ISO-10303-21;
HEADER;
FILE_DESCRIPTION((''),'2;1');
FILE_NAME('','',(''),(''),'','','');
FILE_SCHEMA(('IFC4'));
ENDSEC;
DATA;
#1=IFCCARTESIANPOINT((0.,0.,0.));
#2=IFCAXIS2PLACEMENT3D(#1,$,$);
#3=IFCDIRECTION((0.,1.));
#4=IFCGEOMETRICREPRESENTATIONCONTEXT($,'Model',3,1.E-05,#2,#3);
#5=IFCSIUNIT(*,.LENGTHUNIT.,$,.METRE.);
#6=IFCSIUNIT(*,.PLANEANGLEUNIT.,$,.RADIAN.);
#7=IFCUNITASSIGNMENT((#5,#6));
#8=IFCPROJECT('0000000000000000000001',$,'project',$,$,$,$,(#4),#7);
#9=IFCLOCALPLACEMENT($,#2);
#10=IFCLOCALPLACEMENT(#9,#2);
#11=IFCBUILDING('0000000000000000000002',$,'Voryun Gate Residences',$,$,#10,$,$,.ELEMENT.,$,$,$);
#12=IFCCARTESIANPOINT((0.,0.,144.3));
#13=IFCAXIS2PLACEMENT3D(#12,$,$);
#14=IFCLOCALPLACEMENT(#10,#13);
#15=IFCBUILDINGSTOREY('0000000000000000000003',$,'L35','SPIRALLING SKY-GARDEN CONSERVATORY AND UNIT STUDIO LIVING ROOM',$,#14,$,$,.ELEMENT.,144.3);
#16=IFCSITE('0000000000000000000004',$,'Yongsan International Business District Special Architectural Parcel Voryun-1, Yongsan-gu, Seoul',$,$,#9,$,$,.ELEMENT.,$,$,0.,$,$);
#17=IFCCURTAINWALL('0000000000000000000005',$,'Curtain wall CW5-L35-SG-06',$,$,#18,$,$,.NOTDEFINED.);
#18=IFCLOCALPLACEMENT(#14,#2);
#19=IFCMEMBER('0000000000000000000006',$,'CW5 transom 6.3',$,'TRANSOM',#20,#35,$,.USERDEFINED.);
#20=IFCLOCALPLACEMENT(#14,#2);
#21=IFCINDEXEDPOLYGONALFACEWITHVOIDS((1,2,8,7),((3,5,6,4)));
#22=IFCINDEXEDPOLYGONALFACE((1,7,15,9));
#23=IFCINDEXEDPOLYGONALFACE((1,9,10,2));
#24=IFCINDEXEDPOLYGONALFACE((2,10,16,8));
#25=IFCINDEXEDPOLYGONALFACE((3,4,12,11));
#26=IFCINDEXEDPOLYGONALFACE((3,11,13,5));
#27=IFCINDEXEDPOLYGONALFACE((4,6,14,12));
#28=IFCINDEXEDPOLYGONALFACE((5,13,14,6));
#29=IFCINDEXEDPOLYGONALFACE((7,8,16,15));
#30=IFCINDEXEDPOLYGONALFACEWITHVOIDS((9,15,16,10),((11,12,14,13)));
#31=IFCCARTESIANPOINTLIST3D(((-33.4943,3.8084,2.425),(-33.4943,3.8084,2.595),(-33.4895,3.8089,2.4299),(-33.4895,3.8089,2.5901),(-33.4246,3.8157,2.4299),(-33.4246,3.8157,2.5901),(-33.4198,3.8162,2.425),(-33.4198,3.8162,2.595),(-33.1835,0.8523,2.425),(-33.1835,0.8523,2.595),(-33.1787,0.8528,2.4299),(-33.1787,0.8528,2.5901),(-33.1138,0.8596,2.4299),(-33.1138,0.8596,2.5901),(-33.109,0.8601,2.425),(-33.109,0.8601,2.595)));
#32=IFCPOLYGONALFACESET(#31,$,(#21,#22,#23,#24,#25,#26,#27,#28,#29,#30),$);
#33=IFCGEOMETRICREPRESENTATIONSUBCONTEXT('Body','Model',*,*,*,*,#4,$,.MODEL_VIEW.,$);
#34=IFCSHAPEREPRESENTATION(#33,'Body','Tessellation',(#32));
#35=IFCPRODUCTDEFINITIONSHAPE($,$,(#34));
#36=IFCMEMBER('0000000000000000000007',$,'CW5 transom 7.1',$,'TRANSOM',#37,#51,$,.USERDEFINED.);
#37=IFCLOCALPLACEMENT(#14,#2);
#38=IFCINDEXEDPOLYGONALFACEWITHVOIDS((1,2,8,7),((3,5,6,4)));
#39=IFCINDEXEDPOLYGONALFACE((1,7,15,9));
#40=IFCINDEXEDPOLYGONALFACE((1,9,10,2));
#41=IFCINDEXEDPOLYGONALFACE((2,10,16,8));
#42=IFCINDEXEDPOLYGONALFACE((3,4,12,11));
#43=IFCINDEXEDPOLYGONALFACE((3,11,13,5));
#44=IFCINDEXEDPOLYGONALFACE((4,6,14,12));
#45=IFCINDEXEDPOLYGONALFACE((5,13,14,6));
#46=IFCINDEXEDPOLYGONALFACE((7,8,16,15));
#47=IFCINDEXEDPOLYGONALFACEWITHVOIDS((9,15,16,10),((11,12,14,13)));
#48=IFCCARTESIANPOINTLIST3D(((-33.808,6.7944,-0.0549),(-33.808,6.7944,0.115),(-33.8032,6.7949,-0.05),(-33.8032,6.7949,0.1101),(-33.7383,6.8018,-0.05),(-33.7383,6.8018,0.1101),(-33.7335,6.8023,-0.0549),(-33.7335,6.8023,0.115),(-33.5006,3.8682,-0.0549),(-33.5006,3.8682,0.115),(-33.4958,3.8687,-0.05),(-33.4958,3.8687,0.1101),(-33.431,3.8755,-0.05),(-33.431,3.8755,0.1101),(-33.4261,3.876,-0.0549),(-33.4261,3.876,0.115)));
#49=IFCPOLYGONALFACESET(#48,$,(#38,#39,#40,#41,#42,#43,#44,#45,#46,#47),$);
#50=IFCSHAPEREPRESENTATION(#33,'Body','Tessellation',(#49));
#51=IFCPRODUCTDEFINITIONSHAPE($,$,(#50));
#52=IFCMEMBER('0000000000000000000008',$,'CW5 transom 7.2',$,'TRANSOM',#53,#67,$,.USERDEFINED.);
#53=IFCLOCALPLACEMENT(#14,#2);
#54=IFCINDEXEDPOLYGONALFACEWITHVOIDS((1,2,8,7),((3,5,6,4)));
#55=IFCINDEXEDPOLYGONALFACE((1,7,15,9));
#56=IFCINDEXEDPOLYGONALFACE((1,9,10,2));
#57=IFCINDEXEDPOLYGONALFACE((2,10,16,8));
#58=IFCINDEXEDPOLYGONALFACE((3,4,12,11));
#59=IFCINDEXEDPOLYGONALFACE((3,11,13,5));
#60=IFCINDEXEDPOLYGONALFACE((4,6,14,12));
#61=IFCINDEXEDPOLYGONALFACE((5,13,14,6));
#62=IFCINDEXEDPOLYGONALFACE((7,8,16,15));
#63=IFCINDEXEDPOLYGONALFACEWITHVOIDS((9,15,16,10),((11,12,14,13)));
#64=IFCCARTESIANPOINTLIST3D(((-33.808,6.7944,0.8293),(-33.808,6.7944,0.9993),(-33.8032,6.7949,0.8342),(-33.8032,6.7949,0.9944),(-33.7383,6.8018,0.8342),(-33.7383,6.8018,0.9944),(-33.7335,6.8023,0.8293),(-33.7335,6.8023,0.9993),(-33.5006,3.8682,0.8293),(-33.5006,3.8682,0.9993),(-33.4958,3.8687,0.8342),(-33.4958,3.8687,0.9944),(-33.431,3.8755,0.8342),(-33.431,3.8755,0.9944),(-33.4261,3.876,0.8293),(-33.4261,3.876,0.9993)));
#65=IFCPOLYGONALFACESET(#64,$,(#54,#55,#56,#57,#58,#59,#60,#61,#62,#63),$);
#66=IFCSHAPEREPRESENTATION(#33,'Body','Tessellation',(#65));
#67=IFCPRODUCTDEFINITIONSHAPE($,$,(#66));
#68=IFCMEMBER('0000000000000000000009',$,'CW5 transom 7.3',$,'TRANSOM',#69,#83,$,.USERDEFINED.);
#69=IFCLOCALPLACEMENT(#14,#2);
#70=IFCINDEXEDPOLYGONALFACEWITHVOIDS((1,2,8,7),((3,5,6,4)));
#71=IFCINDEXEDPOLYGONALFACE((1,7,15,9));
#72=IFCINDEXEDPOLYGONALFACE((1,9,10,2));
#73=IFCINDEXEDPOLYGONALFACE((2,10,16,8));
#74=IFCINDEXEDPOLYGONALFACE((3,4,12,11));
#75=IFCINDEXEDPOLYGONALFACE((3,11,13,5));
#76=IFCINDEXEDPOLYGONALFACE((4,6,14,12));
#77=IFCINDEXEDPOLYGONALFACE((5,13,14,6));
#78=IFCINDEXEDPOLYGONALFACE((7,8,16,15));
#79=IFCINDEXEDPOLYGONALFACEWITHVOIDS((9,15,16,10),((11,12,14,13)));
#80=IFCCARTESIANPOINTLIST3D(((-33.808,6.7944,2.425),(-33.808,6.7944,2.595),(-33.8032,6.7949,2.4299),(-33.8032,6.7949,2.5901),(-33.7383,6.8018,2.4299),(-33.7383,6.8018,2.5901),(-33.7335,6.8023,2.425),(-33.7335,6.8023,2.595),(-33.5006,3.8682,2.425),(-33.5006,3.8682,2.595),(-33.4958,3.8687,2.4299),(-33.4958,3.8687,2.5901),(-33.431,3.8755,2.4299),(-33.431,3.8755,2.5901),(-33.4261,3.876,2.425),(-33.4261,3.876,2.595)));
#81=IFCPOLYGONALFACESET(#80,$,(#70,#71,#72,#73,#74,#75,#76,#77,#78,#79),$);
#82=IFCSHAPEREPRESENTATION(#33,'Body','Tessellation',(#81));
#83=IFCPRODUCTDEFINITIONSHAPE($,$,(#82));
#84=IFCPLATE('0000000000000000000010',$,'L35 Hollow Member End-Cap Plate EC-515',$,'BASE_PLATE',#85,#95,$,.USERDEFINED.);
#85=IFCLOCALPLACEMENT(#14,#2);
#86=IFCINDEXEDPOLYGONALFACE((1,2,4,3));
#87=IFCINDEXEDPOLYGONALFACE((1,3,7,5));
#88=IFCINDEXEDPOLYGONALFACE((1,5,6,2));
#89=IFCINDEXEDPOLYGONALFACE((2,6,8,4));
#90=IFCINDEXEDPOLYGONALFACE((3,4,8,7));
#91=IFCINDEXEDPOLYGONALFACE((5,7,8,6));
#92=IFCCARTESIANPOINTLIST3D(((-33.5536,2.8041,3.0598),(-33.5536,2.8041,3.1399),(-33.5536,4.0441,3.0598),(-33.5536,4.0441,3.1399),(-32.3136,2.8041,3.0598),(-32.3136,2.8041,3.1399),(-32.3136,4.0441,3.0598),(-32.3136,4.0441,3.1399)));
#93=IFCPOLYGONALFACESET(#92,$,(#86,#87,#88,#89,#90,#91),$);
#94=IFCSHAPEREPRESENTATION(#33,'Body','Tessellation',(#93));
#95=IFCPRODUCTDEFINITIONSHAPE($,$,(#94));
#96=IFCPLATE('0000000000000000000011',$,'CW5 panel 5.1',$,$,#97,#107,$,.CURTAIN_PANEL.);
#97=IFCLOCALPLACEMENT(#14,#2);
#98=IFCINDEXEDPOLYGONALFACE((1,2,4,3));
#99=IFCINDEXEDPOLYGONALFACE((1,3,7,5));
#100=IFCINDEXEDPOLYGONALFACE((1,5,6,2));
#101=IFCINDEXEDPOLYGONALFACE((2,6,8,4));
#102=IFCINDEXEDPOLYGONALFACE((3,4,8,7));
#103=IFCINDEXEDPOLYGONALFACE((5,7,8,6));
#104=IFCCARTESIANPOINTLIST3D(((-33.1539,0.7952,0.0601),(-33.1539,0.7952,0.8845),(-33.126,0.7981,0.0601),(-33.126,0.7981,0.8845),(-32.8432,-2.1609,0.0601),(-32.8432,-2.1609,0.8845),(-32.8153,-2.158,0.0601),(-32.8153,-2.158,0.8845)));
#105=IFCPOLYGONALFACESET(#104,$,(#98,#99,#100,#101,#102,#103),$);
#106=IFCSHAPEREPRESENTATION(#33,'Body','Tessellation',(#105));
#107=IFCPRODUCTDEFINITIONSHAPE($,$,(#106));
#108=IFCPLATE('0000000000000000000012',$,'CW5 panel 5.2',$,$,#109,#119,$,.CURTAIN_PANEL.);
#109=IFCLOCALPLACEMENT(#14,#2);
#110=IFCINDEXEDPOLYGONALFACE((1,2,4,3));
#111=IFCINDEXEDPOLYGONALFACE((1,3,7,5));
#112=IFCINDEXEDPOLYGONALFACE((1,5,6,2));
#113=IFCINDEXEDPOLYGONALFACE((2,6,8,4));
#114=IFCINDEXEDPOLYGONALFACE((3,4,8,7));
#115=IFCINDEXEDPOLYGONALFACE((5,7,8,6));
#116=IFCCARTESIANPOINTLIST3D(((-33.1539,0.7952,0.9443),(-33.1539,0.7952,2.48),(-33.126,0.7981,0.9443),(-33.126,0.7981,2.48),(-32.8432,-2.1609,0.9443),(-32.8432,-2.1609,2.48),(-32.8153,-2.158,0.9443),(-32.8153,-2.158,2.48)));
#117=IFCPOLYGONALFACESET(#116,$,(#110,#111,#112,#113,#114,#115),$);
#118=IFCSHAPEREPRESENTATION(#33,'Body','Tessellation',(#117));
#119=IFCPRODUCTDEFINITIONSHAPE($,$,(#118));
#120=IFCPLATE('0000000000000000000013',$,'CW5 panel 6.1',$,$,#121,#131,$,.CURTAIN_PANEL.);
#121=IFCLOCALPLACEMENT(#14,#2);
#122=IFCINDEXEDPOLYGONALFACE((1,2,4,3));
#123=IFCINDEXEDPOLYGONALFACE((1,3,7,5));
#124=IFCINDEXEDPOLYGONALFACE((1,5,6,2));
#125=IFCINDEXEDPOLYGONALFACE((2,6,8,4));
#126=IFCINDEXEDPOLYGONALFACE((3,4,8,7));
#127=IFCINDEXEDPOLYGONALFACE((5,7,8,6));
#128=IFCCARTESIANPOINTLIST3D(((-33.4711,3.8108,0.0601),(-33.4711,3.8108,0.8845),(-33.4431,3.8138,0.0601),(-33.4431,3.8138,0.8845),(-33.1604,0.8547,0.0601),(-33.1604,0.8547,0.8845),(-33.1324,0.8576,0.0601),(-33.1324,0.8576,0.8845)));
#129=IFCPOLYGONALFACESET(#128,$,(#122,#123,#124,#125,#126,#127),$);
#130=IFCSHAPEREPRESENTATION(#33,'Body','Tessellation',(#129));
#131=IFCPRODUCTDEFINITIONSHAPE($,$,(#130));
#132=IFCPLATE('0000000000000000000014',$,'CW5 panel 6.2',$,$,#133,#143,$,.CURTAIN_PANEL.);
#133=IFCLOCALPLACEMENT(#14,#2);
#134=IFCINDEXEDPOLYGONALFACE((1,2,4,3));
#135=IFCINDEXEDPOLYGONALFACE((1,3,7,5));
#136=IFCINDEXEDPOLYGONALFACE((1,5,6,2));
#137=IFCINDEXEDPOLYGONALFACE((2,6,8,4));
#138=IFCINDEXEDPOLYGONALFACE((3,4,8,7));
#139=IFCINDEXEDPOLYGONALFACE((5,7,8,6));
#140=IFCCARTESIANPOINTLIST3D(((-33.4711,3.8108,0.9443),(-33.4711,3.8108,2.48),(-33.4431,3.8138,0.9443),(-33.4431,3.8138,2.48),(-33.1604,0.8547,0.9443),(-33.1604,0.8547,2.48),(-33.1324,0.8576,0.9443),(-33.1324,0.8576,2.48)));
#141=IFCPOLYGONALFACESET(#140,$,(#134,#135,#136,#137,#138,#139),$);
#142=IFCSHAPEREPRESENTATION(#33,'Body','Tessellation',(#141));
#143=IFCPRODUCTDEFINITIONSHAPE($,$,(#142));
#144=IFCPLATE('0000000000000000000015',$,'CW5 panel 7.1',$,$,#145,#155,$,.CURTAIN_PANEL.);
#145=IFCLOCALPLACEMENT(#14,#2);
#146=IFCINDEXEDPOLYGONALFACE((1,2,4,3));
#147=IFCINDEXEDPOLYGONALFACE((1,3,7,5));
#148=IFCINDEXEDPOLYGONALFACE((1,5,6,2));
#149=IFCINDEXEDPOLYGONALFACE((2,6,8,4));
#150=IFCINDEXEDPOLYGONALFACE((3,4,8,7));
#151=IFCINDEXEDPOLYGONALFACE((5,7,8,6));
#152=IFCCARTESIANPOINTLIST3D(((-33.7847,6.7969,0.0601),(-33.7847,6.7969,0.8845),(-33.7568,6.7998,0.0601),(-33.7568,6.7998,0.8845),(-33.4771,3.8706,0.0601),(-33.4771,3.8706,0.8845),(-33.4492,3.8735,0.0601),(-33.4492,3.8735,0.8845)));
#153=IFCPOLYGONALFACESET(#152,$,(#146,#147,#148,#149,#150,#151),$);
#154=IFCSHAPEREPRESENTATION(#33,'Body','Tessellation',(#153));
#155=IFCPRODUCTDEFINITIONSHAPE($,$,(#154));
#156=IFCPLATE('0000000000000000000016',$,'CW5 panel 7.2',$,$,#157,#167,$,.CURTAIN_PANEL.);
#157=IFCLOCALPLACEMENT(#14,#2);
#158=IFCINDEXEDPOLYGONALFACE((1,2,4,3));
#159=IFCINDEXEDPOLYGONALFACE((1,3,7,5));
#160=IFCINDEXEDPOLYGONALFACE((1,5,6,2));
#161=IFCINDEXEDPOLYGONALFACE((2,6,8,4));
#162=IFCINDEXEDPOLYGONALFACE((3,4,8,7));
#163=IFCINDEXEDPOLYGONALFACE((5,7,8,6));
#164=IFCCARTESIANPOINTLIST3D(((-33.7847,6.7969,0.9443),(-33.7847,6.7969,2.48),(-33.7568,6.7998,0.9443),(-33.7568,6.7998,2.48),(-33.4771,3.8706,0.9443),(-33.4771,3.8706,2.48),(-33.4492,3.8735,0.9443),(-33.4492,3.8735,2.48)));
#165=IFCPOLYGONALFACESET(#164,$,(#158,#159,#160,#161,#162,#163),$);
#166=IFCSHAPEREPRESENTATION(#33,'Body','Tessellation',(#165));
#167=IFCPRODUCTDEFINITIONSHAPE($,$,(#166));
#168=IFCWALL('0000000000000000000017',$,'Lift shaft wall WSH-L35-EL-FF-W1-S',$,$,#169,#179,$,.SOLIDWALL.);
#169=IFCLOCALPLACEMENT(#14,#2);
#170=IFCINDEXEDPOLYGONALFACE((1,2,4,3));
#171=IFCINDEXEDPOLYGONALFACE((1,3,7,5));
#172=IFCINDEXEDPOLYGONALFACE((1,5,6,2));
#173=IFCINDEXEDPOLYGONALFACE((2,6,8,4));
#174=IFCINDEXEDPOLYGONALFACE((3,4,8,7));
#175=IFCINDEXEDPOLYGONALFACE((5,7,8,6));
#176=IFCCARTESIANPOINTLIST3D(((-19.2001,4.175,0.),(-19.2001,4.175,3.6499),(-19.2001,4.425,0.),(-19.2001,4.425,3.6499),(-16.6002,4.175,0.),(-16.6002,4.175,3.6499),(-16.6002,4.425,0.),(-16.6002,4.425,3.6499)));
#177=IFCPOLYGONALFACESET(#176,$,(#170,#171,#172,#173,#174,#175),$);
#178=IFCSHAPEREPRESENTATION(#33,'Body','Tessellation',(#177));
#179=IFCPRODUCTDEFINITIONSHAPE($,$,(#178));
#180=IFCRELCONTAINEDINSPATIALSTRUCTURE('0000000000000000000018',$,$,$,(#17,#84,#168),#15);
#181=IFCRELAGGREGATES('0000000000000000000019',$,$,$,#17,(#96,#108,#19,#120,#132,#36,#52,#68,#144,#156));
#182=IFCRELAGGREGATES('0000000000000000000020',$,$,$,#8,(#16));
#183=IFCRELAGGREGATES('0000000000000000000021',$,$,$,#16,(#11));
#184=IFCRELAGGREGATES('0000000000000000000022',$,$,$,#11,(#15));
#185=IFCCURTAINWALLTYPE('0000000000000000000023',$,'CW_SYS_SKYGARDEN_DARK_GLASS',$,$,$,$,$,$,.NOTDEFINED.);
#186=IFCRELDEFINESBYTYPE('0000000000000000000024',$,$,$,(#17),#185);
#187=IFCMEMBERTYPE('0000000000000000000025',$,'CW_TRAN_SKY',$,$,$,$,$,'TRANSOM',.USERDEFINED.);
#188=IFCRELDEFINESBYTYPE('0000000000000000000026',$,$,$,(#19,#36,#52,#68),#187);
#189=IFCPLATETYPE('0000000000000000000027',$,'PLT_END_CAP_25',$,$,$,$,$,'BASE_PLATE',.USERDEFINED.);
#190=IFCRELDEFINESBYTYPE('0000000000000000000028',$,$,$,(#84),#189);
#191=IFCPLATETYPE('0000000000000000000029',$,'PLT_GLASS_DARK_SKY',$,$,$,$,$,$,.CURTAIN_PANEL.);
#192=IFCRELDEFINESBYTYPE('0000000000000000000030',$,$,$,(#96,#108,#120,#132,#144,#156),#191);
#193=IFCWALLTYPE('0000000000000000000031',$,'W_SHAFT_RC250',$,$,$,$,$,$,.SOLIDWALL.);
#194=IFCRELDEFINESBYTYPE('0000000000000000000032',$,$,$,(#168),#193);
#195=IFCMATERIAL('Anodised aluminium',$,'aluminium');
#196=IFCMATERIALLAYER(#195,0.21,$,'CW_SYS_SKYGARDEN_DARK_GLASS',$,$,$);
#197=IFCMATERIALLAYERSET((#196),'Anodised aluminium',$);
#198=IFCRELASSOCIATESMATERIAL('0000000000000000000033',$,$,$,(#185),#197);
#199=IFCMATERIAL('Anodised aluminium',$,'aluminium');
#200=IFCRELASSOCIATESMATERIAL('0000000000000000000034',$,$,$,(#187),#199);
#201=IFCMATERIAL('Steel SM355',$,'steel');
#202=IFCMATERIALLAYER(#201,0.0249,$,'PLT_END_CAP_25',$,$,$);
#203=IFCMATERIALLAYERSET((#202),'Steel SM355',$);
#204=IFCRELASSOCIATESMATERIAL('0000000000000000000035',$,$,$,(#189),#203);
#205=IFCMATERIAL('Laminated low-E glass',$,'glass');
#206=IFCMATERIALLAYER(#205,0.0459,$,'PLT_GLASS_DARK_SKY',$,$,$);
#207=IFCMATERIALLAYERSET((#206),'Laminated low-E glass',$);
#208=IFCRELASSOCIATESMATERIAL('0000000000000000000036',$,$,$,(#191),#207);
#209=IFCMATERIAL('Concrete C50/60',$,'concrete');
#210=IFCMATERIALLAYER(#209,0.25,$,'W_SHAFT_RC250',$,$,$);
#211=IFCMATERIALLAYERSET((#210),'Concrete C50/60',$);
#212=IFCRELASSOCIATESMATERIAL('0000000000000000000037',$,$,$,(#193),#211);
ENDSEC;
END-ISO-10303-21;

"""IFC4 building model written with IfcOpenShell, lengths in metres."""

from ifc_helpers import new_model, si_unit, direction, frame, frame_2d, origin, origin_2d, place, context, subcontext, project, spatial, rectangle, hollow_rectangle, extrude, material, layer, layer_set, material_profile, profile_set, type_object, element, aggregate, save


model = new_model("IFC4")

# Units and contexts
model_context = context("Model", 3, precision=1e-05, world=origin(), true_north=direction((0.0, 1.0)))
body_context = subcontext(model_context, "Body", "Model", "MODEL_VIEW")
ifc_project = project(units=[si_unit("LENGTHUNIT", "METRE"), si_unit("PLANEANGLEUNIT", "RADIAN")], contexts=[model_context])

# Site, building, storey
site_placement = place(None, origin())
site = spatial("IfcSite", under=ifc_project, at=site_placement, Name="Yongsan International Business District Special Architectural Parcel Voryun-1, Yongsan-gu, Seoul", CompositionType="ELEMENT", RefElevation=0.0)
building_placement = place(site_placement, origin())
building = spatial("IfcBuilding", under=site, at=building_placement, Name="Voryun Gate Residences", CompositionType="ELEMENT")
storey_placement = place(building_placement, frame((0.0, 0.0, 144.3)))
storey = spatial("IfcBuildingStorey", under=building, at=storey_placement, Name="L35", Description="SPIRALLING SKY-GARDEN CONSERVATORY AND UNIT STUDIO LIVING ROOM", CompositionType="ELEMENT", Elevation=144.3)

# Curtain wall, members
ifc_material_1 = material(Name="Anodised aluminium", Category="aluminium")
ifc_layer_1 = layer(ifc_material_1, 0.21, Name="CW_SYS_SKYGARDEN_DARK_GLASS")
ifc_layer_set_1 = layer_set([ifc_layer_1], Name="Anodised aluminium")
curtain_wall_type = type_object("IfcCurtainWallType", Name="CW_SYS_SKYGARDEN_DARK_GLASS", PredefinedType="NOTDEFINED", material=ifc_layer_set_1)
curtain_wall_placement = place(storey_placement, origin())
curtain_wall = element("IfcCurtainWall", 1, at=curtain_wall_placement, inside=storey, type_object=curtain_wall_type, Name="Curtain wall CW5-L35-SG-06", PredefinedType="NOTDEFINED")
ifc_material_2 = material(Name="Anodised aluminium", Category="aluminium")
ifc_material_profile_1 = material_profile(ifc_material_2, hollow_rectangle(XDim=0.075, YDim=0.1699, WallThickness=0.0049, at=origin_2d()), Name="ALU-TRAN-170x75x5")
ifc_profile_set_1 = profile_set([ifc_material_profile_1], Name="Anodised aluminium")
member_type_1 = type_object("IfcMemberType", Name="CW_TRAN_SKY", ElementType="TRANSOM", PredefinedType="USERDEFINED", material=ifc_profile_set_1)
member_1_placement = place(storey_placement, frame((-33.1462, 0.8562, 2.51), z_axis=(-0.104561, 0.994518, 0.0), x_axis=(-0.994518, -0.104561, 0.0)))
member_1 = element("IfcMember", 2, at=member_1_placement, type_object=member_type_1, Name="CW5 transom 6.3", ObjectType="TRANSOM", PredefinedType="USERDEFINED", context=body_context, shape_type="SweptSolid", body=[
    extrude(hollow_rectangle(XDim=0.075, YDim=0.1699, WallThickness=0.0049, at=origin_2d()), origin(), (0.0, 0.0, 1.0), 2.9724),
])
member_2_placement = place(storey_placement, frame((-33.4634, 3.8721, 0.03), z_axis=(-0.104465, 0.994529, 0.0), x_axis=(-0.994529, -0.104465, 0.0)))
member_2 = element("IfcMember", 3, at=member_2_placement, type_object=member_type_1, Name="CW5 transom 7.1", ObjectType="TRANSOM", PredefinedType="USERDEFINED", context=body_context, shape_type="SweptSolid", body=[
    extrude(hollow_rectangle(XDim=0.075, YDim=0.1699, WallThickness=0.0049, at=origin_2d()), origin(), (0.0, 0.0, 1.0), 2.9424),
])
member_3_placement = place(storey_placement, frame((-33.4634, 3.8721, 0.9143), z_axis=(-0.104465, 0.994529, 0.0), x_axis=(-0.994529, -0.104465, 0.0)))
member_3 = element("IfcMember", 4, at=member_3_placement, type_object=member_type_1, Name="CW5 transom 7.2", ObjectType="TRANSOM", PredefinedType="USERDEFINED", context=body_context, shape_type="SweptSolid", body=[
    extrude(hollow_rectangle(XDim=0.075, YDim=0.1699, WallThickness=0.0049, at=origin_2d()), origin(), (0.0, 0.0, 1.0), 2.9424),
])
member_4_placement = place(storey_placement, frame((-33.4634, 3.8721, 2.51), z_axis=(-0.104465, 0.994529, 0.0), x_axis=(-0.994529, -0.104465, 0.0)))
member_4 = element("IfcMember", 5, at=member_4_placement, type_object=member_type_1, Name="CW5 transom 7.3", ObjectType="TRANSOM", PredefinedType="USERDEFINED", context=body_context, shape_type="SweptSolid", body=[
    extrude(hollow_rectangle(XDim=0.075, YDim=0.1699, WallThickness=0.0049, at=origin_2d()), origin(), (0.0, 0.0, 1.0), 2.9424),
])

# Plates
ifc_material_3 = material(Name="Steel SM355", Category="steel")
ifc_layer_2 = layer(ifc_material_3, 0.0249, Name="PLT_END_CAP_25")
ifc_layer_set_2 = layer_set([ifc_layer_2], Name="Steel SM355")
plate_type_1 = type_object("IfcPlateType", Name="PLT_END_CAP_25", ElementType="BASE_PLATE", PredefinedType="USERDEFINED", material=ifc_layer_set_2)
plate_1_placement = place(storey_placement, frame((-32.9336, 3.4241, 3.0598), z_axis=(0.0, 0.0, 1.0), x_axis=(1.0, 0.0, 0.0)))
element("IfcPlate", 6, at=plate_1_placement, inside=storey, type_object=plate_type_1, Name="L35 Hollow Member End-Cap Plate EC-515", ObjectType="BASE_PLATE", PredefinedType="USERDEFINED", context=body_context, shape_type="SweptSolid", body=[
    extrude(rectangle(XDim=1.24, YDim=1.24, at=origin_2d()), origin(), (0.0, 0.0, 1.0), 0.0801),
])
ifc_material_4 = material(Name="Laminated low-E glass", Category="glass")
ifc_layer_3 = layer(ifc_material_4, 0.0459, Name="PLT_GLASS_DARK_SKY")
ifc_layer_set_3 = layer_set([ifc_layer_3], Name="Laminated low-E glass")
plate_type_2 = type_object("IfcPlateType", Name="PLT_GLASS_DARK_SKY", PredefinedType="CURTAIN_PANEL", material=ifc_layer_set_3)
plate_2_placement = place(storey_placement, frame((-32.9846, -0.6814, 0.0601), z_axis=(0.0, 0.0, 1.0), x_axis=(-0.10453, 0.994522, 0.0)))
plate_2 = element("IfcPlate", 7, at=plate_2_placement, type_object=plate_type_2, Name="CW5 panel 5.1", PredefinedType="CURTAIN_PANEL", context=body_context, shape_type="SweptSolid", body=[
    extrude(rectangle(XDim=2.9724, YDim=0.0281, at=origin_2d()), origin(), (0.0, 0.0, 1.0), 0.8245),
])
plate_3_placement = place(storey_placement, frame((-32.9846, -0.6814, 0.9443), z_axis=(0.0, 0.0, 1.0), x_axis=(-0.10453, 0.994522, 0.0)))
plate_3 = element("IfcPlate", 8, at=plate_3_placement, type_object=plate_type_2, Name="CW5 panel 5.2", PredefinedType="CURTAIN_PANEL", context=body_context, shape_type="SweptSolid", body=[
    extrude(rectangle(XDim=2.9724, YDim=0.0281, at=origin_2d()), origin(), (0.0, 0.0, 1.0), 1.5356),
])
plate_4_placement = place(storey_placement, frame((-33.3018, 2.3342, 0.0601), z_axis=(0.0, 0.0, 1.0), x_axis=(-0.10453, 0.994522, 0.0)))
plate_4 = element("IfcPlate", 9, at=plate_4_placement, type_object=plate_type_2, Name="CW5 panel 6.1", PredefinedType="CURTAIN_PANEL", context=body_context, shape_type="SweptSolid", body=[
    extrude(rectangle(XDim=2.9724, YDim=0.0281, at=origin_2d()), origin(), (0.0, 0.0, 1.0), 0.8245),
])
plate_5_placement = place(storey_placement, frame((-33.3018, 2.3342, 0.9443), z_axis=(0.0, 0.0, 1.0), x_axis=(-0.10453, 0.994522, 0.0)))
plate_5 = element("IfcPlate", 10, at=plate_5_placement, type_object=plate_type_2, Name="CW5 panel 6.2", PredefinedType="CURTAIN_PANEL", context=body_context, shape_type="SweptSolid", body=[
    extrude(rectangle(XDim=2.9724, YDim=0.0281, at=origin_2d()), origin(), (0.0, 0.0, 1.0), 1.5356),
])
plate_6_placement = place(storey_placement, frame((-33.6169, 5.3352, 0.0601), z_axis=(0.0, 0.0, 1.0), x_axis=(-0.10453, 0.994522, 0.0)))
plate_6 = element("IfcPlate", 11, at=plate_6_placement, type_object=plate_type_2, Name="CW5 panel 7.1", PredefinedType="CURTAIN_PANEL", context=body_context, shape_type="SweptSolid", body=[
    extrude(rectangle(XDim=2.9424, YDim=0.0281, at=origin_2d()), origin(), (0.0, 0.0, 1.0), 0.8245),
])
plate_7_placement = place(storey_placement, frame((-33.6169, 5.3352, 0.9443), z_axis=(0.0, 0.0, 1.0), x_axis=(-0.10453, 0.994522, 0.0)))
plate_7 = element("IfcPlate", 12, at=plate_7_placement, type_object=plate_type_2, Name="CW5 panel 7.2", PredefinedType="CURTAIN_PANEL", context=body_context, shape_type="SweptSolid", body=[
    extrude(rectangle(XDim=2.9424, YDim=0.0281, at=origin_2d()), origin(), (0.0, 0.0, 1.0), 1.5356),
])
aggregate(curtain_wall, [plate_2, plate_3, member_1, plate_4, plate_5, member_2, member_3, member_4, plate_6, plate_7])

# Wall
ifc_material_5 = material(Name="Concrete C50/60", Category="concrete")
ifc_layer_4 = layer(ifc_material_5, 0.25, Name="W_SHAFT_RC250")
ifc_layer_set_4 = layer_set([ifc_layer_4], Name="Concrete C50/60")
wall_type = type_object("IfcWallType", Name="W_SHAFT_RC250", PredefinedType="SOLIDWALL", material=ifc_layer_set_4)
wall_placement = place(storey_placement, frame((-19.2, 4.3, 0.0), z_axis=(0.0, 0.0, 1.0), x_axis=(1.0, 0.0, 0.0)))
element("IfcWall", 13, at=wall_placement, inside=storey, type_object=wall_type, Name="Lift shaft wall WSH-L35-EL-FF-W1-S", PredefinedType="SOLIDWALL", context=body_context, shape_type="SweptSolid", body=[
    extrude(rectangle(XDim=2.5999, YDim=0.25, at=frame_2d((1.2998, 0.0))), origin(), (0.0, 0.0, 1.0), 3.6499),
])

save(model, "model.ifc")
